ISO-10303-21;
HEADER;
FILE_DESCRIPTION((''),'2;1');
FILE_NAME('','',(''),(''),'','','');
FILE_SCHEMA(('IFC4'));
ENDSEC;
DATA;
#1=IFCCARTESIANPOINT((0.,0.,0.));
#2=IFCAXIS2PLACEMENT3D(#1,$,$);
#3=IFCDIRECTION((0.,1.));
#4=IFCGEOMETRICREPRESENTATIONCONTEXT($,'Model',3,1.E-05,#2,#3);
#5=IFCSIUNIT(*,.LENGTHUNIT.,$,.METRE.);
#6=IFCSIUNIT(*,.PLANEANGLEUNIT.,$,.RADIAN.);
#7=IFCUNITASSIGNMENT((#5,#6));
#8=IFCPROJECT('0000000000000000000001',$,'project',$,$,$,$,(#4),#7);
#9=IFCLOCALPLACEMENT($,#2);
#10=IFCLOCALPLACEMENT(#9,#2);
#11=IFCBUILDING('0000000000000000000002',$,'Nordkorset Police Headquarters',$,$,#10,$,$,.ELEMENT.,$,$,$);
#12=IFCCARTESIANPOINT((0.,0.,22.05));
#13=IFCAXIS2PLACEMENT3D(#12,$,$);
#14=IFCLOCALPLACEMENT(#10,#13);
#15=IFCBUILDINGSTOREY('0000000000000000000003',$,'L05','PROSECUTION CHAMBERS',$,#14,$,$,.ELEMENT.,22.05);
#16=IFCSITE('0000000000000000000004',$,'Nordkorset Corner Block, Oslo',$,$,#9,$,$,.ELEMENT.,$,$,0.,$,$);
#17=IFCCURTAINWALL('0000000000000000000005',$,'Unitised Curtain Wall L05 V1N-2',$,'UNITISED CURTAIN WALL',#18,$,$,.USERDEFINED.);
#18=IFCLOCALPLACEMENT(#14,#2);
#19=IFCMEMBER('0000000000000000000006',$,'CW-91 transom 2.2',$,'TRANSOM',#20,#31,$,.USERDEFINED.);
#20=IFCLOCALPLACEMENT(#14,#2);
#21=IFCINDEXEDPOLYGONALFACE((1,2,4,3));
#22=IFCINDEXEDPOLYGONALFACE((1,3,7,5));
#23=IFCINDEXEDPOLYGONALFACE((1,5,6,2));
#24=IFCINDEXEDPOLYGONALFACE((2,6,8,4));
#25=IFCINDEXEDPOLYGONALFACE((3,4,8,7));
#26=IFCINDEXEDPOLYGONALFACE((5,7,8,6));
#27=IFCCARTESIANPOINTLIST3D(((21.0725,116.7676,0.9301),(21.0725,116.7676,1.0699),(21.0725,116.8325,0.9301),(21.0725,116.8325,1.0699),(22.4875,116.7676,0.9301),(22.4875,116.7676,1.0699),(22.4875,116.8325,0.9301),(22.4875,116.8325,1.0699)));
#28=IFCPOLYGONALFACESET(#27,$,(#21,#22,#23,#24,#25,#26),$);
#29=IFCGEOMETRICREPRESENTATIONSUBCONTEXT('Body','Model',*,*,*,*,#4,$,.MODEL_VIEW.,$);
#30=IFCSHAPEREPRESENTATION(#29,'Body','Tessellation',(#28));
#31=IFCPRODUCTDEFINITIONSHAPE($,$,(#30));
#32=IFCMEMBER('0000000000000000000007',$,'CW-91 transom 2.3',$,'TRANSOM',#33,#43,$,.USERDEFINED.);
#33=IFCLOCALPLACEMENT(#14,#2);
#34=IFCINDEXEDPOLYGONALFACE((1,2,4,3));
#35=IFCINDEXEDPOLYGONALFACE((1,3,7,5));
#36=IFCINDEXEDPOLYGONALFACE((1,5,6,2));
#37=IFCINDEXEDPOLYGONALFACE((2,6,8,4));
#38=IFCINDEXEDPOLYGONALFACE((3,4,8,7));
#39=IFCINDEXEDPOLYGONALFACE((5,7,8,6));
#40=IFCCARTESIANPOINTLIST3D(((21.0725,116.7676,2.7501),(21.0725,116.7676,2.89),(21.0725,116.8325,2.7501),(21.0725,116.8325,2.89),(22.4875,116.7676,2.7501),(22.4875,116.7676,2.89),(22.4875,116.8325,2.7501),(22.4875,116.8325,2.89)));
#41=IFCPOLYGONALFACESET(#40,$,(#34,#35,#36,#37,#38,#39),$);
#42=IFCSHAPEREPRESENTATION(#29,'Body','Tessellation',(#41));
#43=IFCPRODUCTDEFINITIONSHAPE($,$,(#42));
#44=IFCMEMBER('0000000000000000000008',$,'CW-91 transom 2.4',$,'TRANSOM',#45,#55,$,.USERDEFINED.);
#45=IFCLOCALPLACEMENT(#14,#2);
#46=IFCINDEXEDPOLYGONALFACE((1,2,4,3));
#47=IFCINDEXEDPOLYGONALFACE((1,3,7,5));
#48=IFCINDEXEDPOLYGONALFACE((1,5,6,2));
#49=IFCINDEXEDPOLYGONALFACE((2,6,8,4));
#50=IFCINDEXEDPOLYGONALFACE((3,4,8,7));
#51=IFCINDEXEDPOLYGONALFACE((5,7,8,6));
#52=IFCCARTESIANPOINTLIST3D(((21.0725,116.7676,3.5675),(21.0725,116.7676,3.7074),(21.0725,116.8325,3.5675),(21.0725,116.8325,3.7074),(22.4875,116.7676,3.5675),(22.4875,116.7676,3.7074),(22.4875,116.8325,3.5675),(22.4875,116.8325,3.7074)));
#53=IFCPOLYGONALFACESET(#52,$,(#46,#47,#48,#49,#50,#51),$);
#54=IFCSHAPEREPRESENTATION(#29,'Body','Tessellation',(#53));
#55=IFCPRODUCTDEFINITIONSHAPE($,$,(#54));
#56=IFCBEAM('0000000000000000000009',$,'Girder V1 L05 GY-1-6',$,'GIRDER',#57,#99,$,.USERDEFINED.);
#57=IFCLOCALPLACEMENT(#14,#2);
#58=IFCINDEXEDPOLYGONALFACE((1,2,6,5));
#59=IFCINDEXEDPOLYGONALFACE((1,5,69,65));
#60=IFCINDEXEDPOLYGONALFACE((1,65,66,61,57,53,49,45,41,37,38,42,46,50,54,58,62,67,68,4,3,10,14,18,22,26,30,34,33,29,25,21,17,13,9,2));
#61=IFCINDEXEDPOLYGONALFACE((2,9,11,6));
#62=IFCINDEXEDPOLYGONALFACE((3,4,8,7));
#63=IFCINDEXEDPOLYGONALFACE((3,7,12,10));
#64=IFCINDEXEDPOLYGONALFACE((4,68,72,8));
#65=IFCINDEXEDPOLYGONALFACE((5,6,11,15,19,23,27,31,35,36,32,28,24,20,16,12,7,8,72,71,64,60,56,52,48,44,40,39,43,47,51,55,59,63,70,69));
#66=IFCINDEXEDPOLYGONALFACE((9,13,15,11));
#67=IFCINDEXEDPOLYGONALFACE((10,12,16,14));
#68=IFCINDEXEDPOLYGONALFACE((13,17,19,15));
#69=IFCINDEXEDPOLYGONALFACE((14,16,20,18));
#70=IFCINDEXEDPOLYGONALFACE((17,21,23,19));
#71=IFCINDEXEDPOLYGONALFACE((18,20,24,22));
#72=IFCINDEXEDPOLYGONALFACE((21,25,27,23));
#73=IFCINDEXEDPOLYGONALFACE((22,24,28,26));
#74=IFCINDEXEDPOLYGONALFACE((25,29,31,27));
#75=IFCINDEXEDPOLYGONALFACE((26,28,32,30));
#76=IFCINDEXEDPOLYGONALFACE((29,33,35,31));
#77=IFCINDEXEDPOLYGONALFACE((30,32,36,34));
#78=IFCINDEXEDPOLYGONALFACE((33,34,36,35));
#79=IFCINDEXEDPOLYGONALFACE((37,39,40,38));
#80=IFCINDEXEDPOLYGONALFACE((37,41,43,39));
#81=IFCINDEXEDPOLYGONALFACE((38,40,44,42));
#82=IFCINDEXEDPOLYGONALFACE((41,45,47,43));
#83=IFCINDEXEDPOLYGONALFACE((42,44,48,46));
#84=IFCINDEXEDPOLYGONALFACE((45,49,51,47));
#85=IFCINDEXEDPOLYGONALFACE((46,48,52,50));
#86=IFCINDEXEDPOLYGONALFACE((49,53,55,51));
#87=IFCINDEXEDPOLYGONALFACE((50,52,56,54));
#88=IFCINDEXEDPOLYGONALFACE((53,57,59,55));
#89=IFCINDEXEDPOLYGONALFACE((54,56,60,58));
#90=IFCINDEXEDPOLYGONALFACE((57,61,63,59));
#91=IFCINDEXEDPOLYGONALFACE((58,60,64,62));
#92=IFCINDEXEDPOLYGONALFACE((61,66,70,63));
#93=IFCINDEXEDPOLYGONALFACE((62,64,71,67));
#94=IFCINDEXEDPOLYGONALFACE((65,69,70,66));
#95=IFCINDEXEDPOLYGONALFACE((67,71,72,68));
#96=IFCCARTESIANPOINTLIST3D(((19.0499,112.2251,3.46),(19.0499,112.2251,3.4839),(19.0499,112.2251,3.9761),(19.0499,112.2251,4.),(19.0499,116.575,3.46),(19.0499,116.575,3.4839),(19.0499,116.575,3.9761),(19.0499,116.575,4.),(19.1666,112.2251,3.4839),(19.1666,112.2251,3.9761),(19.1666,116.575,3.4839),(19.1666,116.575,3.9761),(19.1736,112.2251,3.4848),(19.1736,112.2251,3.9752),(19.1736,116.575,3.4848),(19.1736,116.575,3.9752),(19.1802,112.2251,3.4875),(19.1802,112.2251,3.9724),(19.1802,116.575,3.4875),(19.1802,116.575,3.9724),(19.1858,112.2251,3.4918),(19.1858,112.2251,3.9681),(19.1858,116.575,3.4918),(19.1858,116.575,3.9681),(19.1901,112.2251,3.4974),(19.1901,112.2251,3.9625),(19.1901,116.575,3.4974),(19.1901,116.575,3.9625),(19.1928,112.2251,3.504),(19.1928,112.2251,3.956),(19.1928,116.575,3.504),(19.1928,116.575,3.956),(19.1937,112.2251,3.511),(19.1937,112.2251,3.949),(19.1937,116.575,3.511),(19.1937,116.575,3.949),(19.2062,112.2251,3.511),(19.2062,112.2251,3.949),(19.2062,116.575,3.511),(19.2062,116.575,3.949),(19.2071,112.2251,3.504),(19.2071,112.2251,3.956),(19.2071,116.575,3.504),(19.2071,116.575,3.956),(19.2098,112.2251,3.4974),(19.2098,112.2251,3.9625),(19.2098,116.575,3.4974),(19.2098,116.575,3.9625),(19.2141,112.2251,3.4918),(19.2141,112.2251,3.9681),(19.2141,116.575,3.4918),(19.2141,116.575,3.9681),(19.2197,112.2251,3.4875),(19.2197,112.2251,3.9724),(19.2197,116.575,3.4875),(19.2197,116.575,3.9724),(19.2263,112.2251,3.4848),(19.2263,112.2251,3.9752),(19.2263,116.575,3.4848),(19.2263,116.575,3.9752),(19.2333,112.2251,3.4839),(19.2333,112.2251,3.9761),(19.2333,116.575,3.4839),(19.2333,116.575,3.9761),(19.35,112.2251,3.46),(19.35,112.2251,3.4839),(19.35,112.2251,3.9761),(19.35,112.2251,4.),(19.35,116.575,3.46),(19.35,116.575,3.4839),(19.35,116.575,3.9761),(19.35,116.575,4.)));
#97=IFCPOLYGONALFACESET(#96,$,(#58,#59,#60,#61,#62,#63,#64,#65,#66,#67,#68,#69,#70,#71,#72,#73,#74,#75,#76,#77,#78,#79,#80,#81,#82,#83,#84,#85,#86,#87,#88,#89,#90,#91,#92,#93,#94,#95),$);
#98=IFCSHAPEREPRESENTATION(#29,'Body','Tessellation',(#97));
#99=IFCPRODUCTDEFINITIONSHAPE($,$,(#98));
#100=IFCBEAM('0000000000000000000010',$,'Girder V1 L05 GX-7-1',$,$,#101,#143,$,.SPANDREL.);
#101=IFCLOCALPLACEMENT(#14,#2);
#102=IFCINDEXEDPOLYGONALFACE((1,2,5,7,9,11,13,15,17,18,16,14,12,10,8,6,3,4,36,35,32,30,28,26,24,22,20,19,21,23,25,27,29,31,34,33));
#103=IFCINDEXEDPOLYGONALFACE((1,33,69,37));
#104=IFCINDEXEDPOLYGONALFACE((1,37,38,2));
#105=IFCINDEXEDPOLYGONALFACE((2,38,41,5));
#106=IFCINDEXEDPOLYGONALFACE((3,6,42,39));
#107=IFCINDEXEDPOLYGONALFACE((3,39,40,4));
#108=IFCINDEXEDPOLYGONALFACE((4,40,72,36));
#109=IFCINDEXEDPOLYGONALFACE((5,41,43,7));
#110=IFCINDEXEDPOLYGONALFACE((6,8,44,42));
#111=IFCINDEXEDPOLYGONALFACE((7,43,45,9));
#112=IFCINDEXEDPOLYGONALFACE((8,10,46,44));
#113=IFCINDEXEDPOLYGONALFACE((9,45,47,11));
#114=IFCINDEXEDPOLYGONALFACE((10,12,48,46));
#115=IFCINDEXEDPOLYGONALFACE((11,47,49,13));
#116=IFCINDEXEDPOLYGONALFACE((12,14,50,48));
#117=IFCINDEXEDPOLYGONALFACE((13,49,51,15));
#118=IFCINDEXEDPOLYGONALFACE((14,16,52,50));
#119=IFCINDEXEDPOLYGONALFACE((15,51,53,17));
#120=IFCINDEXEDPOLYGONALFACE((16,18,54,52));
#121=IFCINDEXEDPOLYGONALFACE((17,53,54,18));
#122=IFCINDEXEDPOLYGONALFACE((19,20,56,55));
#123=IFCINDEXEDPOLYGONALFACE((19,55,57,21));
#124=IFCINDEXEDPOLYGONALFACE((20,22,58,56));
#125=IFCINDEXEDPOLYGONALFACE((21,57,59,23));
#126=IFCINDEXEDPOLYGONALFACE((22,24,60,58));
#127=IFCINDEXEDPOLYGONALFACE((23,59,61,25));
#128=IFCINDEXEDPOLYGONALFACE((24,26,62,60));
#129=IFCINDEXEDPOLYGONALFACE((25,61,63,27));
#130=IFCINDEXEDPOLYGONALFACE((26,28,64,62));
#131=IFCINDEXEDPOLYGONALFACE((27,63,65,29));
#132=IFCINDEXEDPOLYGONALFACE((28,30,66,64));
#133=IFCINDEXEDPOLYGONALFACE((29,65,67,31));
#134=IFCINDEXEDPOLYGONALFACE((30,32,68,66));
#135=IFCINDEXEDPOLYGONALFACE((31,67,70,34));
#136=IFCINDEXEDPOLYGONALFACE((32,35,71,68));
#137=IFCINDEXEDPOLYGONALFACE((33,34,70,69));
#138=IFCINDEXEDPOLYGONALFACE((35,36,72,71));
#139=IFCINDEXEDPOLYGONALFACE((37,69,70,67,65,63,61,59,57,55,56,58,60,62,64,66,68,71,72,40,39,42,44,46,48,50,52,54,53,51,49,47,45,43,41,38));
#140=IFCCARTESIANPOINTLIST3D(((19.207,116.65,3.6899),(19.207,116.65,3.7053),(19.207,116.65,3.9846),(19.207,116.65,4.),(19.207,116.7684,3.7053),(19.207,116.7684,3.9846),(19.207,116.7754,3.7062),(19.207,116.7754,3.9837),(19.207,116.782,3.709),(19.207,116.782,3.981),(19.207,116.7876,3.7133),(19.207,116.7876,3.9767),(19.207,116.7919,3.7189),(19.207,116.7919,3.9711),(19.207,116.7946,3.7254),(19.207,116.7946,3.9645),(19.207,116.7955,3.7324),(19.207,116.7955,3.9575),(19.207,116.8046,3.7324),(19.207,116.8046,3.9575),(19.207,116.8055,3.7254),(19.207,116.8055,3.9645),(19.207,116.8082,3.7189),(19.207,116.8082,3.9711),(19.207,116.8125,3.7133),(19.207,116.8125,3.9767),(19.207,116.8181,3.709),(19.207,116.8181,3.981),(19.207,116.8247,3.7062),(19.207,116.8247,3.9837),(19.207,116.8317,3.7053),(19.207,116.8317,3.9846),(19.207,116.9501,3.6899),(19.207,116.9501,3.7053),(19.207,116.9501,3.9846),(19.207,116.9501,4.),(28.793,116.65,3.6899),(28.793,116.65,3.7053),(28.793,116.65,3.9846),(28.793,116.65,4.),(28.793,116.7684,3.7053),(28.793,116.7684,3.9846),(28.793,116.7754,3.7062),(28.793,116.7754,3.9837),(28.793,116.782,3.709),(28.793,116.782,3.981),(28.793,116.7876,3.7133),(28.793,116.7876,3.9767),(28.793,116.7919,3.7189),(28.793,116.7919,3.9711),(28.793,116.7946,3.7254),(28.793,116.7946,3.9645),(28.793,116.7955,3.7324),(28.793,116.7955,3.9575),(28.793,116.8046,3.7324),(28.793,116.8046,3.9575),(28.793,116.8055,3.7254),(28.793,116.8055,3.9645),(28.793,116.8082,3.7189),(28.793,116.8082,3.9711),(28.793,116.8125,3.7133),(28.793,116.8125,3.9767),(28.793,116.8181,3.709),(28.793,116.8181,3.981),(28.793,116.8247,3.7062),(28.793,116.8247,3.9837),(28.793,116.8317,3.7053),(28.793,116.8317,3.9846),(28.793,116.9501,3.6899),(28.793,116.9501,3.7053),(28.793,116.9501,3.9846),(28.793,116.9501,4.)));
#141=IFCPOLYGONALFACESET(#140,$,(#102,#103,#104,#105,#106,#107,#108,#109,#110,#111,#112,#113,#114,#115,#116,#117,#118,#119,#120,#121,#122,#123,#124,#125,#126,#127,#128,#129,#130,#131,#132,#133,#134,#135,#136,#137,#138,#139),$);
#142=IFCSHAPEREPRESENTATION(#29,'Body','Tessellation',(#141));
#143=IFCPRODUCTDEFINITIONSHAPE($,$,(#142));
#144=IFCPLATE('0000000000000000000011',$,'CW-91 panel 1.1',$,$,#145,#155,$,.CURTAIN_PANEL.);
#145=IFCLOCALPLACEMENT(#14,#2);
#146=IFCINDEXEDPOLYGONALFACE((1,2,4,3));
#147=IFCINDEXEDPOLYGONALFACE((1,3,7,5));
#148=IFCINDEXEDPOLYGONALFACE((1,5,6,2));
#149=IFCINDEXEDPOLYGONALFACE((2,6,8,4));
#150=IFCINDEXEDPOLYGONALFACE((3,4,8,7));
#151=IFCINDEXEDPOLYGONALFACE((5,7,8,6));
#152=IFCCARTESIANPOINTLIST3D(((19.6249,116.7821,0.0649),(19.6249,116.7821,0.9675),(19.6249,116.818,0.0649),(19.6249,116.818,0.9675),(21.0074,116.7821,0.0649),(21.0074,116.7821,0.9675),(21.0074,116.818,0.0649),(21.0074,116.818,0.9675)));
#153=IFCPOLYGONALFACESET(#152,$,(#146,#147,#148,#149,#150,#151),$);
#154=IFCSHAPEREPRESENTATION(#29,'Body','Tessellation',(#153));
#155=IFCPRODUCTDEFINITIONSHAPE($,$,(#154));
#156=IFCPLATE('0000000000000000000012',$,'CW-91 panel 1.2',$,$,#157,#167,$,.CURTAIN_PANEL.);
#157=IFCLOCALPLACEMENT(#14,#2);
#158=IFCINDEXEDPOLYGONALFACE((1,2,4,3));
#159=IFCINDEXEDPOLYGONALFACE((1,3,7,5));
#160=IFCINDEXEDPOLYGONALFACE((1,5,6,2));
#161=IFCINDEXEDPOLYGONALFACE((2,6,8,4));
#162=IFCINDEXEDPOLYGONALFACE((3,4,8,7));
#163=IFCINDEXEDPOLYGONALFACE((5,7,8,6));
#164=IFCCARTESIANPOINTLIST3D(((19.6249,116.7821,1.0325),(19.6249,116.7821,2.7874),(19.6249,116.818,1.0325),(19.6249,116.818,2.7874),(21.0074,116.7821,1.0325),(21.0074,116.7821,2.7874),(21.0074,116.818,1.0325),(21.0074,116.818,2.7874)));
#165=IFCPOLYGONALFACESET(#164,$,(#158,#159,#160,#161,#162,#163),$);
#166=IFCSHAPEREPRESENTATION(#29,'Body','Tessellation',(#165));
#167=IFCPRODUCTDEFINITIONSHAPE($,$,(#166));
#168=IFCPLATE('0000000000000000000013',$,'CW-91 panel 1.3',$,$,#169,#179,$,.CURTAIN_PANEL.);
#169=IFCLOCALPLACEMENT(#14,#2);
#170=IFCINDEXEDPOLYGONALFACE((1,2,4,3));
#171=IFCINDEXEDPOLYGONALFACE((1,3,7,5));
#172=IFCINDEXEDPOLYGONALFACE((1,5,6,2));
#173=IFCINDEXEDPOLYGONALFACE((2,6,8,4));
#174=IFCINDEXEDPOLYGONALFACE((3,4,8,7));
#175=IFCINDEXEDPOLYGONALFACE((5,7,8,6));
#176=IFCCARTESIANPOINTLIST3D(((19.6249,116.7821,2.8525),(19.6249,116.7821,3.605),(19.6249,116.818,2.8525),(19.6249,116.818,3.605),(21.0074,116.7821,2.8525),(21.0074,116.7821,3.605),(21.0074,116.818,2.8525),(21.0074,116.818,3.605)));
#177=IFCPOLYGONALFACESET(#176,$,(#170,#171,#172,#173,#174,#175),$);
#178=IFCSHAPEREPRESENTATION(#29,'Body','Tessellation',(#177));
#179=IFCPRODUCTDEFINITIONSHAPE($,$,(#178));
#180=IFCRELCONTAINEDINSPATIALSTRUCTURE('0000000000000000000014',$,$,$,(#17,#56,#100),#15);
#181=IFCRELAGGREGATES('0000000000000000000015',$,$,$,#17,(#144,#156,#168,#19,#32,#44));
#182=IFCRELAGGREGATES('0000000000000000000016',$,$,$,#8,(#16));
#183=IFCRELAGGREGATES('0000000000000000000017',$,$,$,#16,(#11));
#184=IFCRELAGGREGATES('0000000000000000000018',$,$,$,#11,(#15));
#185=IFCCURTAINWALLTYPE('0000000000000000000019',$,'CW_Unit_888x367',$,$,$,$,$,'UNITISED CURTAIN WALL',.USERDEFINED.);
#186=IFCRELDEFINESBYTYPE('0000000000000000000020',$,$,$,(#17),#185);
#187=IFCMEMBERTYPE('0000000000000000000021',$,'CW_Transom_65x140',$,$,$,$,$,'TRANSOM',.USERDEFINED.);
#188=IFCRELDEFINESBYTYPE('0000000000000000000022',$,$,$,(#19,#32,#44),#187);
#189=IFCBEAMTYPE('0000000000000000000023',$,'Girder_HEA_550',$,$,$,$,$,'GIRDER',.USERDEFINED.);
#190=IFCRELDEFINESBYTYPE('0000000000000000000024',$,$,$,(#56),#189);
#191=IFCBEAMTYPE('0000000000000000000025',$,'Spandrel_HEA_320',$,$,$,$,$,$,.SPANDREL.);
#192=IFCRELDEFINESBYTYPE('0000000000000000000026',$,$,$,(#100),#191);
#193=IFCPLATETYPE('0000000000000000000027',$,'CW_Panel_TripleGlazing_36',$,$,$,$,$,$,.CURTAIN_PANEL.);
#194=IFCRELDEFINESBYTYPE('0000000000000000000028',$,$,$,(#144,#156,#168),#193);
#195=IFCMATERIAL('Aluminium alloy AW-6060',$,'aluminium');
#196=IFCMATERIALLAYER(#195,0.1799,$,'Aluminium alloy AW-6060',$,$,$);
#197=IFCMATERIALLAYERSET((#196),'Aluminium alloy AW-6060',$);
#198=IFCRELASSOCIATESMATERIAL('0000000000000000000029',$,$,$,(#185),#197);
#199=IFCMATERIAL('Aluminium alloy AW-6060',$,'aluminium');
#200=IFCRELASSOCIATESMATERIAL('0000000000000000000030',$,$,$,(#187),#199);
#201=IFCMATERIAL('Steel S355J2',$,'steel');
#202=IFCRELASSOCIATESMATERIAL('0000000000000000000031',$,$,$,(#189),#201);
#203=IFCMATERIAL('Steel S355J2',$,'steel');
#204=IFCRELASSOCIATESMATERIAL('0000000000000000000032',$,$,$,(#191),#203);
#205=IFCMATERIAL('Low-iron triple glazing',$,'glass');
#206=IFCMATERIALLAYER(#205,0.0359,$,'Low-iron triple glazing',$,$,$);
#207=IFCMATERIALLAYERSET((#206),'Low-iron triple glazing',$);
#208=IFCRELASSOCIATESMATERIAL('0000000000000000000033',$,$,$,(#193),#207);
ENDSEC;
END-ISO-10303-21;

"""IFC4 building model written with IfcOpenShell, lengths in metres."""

from ifc_helpers import new_model, si_unit, direction, frame, origin, origin_2d, place, context, subcontext, project, spatial, rectangle, i_section, extrude, material, layer, layer_set, material_profile, profile_set, type_object, element, aggregate, save


model = new_model("IFC4")

# Units and contexts
model_context = context("Model", 3, precision=1e-05, world=origin(), true_north=direction((0.0, 1.0)))
body_context = subcontext(model_context, "Body", "Model", "MODEL_VIEW")
ifc_project = project(units=[si_unit("LENGTHUNIT", "METRE"), si_unit("PLANEANGLEUNIT", "RADIAN")], contexts=[model_context])

# Site, building, storey
site_placement = place(None, origin())
site = spatial("IfcSite", under=ifc_project, at=site_placement, Name="Nordkorset Corner Block, Oslo", CompositionType="ELEMENT", RefElevation=0.0)
building_placement = place(site_placement, origin())
building = spatial("IfcBuilding", under=site, at=building_placement, Name="Nordkorset Police Headquarters", CompositionType="ELEMENT")
storey_placement = place(building_placement, frame((0.0, 0.0, 22.05)))
storey = spatial("IfcBuildingStorey", under=building, at=storey_placement, Name="L05", Description="PROSECUTION CHAMBERS", CompositionType="ELEMENT", Elevation=22.05)

# Curtain wall, members
ifc_material_1 = material(Name="Aluminium alloy AW-6060", Category="aluminium")
ifc_layer_1 = layer(ifc_material_1, 0.1799, Name="Aluminium alloy AW-6060")
ifc_layer_set_1 = layer_set([ifc_layer_1], Name="Aluminium alloy AW-6060")
curtain_wall_type = type_object("IfcCurtainWallType", Name="CW_Unit_888x367", ElementType="UNITISED CURTAIN WALL", PredefinedType="USERDEFINED", material=ifc_layer_set_1)
curtain_wall_placement = place(storey_placement, origin())
curtain_wall = element("IfcCurtainWall", 1, at=curtain_wall_placement, inside=storey, type_object=curtain_wall_type, Name="Unitised Curtain Wall L05 V1N-2", ObjectType="UNITISED CURTAIN WALL", PredefinedType="USERDEFINED")
ifc_material_2 = material(Name="Aluminium alloy AW-6060", Category="aluminium")
ifc_material_profile_1 = material_profile(ifc_material_2, rectangle(XDim=0.0649, YDim=0.1399, at=origin_2d()), Name="ALU TRAN 65x140")
ifc_profile_set_1 = profile_set([ifc_material_profile_1], Name="Aluminium alloy AW-6060")
member_type_1 = type_object("IfcMemberType", Name="CW_Transom_65x140", ElementType="TRANSOM", PredefinedType="USERDEFINED", material=ifc_profile_set_1)
member_1_placement = place(storey_placement, frame((21.0725, 116.8, 1.0), z_axis=(1.0, 0.0, 0.0), x_axis=(0.0, 1.0, 0.0)))
member_1 = element("IfcMember", 2, at=member_1_placement, type_object=member_type_1, Name="CW-91 transom 2.2", ObjectType="TRANSOM", PredefinedType="USERDEFINED", context=body_context, shape_type="SweptSolid", body=[
    extrude(rectangle(XDim=0.0649, YDim=0.1399, at=origin_2d()), origin(), (0.0, 0.0, 1.0), 1.415),
])
member_2_placement = place(storey_placement, frame((21.0725, 116.8, 2.8201), z_axis=(1.0, 0.0, 0.0), x_axis=(0.0, 1.0, 0.0)))
member_2 = element("IfcMember", 3, at=member_2_placement, type_object=member_type_1, Name="CW-91 transom 2.3", ObjectType="TRANSOM", PredefinedType="USERDEFINED", context=body_context, shape_type="SweptSolid", body=[
    extrude(rectangle(XDim=0.0649, YDim=0.1399, at=origin_2d()), origin(), (0.0, 0.0, 1.0), 1.415),
])
member_3_placement = place(storey_placement, frame((21.0725, 116.8, 3.6375), z_axis=(1.0, 0.0, 0.0), x_axis=(0.0, 1.0, 0.0)))
member_3 = element("IfcMember", 4, at=member_3_placement, type_object=member_type_1, Name="CW-91 transom 2.4", ObjectType="TRANSOM", PredefinedType="USERDEFINED", context=body_context, shape_type="SweptSolid", body=[
    extrude(rectangle(XDim=0.0649, YDim=0.1399, at=origin_2d()), origin(), (0.0, 0.0, 1.0), 1.415),
])

# Beams
ifc_material_3 = material(Name="Steel S355J2", Category="steel")
ifc_material_profile_2 = material_profile(ifc_material_3, i_section(OverallWidth=0.3, OverallDepth=0.54, WebThickness=0.0125, FlangeThickness=0.0239, FilletRadius=0.0271, at=origin_2d()), Name="HEA 550")
ifc_profile_set_2 = profile_set([ifc_material_profile_2], Name="Steel S355J2")
beam_type_1 = type_object("IfcBeamType", Name="Girder_HEA_550", ElementType="GIRDER", PredefinedType="USERDEFINED", material=ifc_profile_set_2)
beam_1_placement = place(storey_placement, frame((19.2, 112.2251, 3.73), z_axis=(0.0, 1.0, 0.0), x_axis=(-1.0, 0.0, 0.0)))
element("IfcBeam", 5, at=beam_1_placement, inside=storey, type_object=beam_type_1, Name="Girder V1 L05 GY-1-6", ObjectType="GIRDER", PredefinedType="USERDEFINED", context=body_context, shape_type="SweptSolid", body=[
    extrude(i_section(OverallWidth=0.3, OverallDepth=0.54, WebThickness=0.0125, FlangeThickness=0.0239, FilletRadius=0.0271, at=origin_2d()), origin(), (0.0, 0.0, 1.0), 4.3499),
])
ifc_material_4 = material(Name="Steel S355J2", Category="steel")
ifc_material_profile_3 = material_profile(ifc_material_4, i_section(OverallWidth=0.3, OverallDepth=0.3101, WebThickness=0.009, FlangeThickness=0.0154, FilletRadius=0.0271, at=origin_2d()), Name="HEA 320")
ifc_profile_set_3 = profile_set([ifc_material_profile_3], Name="Steel S355J2")
beam_type_2 = type_object("IfcBeamType", Name="Spandrel_HEA_320", PredefinedType="SPANDREL", material=ifc_profile_set_3)
beam_2_placement = place(storey_placement, frame((19.207, 116.8, 3.845), z_axis=(1.0, 0.0, 0.0), x_axis=(0.0, 1.0, 0.0)))
element("IfcBeam", 6, at=beam_2_placement, inside=storey, type_object=beam_type_2, Name="Girder V1 L05 GX-7-1", PredefinedType="SPANDREL", context=body_context, shape_type="SweptSolid", body=[
    extrude(i_section(OverallWidth=0.3, OverallDepth=0.3101, WebThickness=0.009, FlangeThickness=0.0154, FilletRadius=0.0271, at=origin_2d()), origin(), (0.0, 0.0, 1.0), 9.5859),
])

# Plates
ifc_material_5 = material(Name="Low-iron triple glazing", Category="glass")
ifc_layer_2 = layer(ifc_material_5, 0.0359, Name="Low-iron triple glazing")
ifc_layer_set_2 = layer_set([ifc_layer_2], Name="Low-iron triple glazing")
plate_type = type_object("IfcPlateType", Name="CW_Panel_TripleGlazing_36", PredefinedType="CURTAIN_PANEL", material=ifc_layer_set_2)
plate_1_placement = place(storey_placement, frame((20.3162, 116.8, 0.0649), z_axis=(0.0, 0.0, 1.0), x_axis=(1.0, 0.0, 0.0)))
plate_1 = element("IfcPlate", 7, at=plate_1_placement, type_object=plate_type, Name="CW-91 panel 1.1", PredefinedType="CURTAIN_PANEL", context=body_context, shape_type="SweptSolid", body=[
    extrude(rectangle(XDim=1.3826, YDim=0.0359, at=origin_2d()), origin(), (0.0, 0.0, 1.0), 0.9026),
])
plate_2_placement = place(storey_placement, frame((20.3162, 116.8, 1.0325), z_axis=(0.0, 0.0, 1.0), x_axis=(1.0, 0.0, 0.0)))
plate_2 = element("IfcPlate", 8, at=plate_2_placement, type_object=plate_type, Name="CW-91 panel 1.2", PredefinedType="CURTAIN_PANEL", context=body_context, shape_type="SweptSolid", body=[
    extrude(rectangle(XDim=1.3826, YDim=0.0359, at=origin_2d()), origin(), (0.0, 0.0, 1.0), 1.7549),
])
plate_3_placement = place(storey_placement, frame((20.3162, 116.8, 2.8525), z_axis=(0.0, 0.0, 1.0), x_axis=(1.0, 0.0, 0.0)))
plate_3 = element("IfcPlate", 9, at=plate_3_placement, type_object=plate_type, Name="CW-91 panel 1.3", PredefinedType="CURTAIN_PANEL", context=body_context, shape_type="SweptSolid", body=[
    extrude(rectangle(XDim=1.3826, YDim=0.0359, at=origin_2d()), origin(), (0.0, 0.0, 1.0), 0.7524),
])
aggregate(curtain_wall, [plate_1, plate_2, plate_3, member_1, member_2, member_3])

save(model, "model.ifc")
